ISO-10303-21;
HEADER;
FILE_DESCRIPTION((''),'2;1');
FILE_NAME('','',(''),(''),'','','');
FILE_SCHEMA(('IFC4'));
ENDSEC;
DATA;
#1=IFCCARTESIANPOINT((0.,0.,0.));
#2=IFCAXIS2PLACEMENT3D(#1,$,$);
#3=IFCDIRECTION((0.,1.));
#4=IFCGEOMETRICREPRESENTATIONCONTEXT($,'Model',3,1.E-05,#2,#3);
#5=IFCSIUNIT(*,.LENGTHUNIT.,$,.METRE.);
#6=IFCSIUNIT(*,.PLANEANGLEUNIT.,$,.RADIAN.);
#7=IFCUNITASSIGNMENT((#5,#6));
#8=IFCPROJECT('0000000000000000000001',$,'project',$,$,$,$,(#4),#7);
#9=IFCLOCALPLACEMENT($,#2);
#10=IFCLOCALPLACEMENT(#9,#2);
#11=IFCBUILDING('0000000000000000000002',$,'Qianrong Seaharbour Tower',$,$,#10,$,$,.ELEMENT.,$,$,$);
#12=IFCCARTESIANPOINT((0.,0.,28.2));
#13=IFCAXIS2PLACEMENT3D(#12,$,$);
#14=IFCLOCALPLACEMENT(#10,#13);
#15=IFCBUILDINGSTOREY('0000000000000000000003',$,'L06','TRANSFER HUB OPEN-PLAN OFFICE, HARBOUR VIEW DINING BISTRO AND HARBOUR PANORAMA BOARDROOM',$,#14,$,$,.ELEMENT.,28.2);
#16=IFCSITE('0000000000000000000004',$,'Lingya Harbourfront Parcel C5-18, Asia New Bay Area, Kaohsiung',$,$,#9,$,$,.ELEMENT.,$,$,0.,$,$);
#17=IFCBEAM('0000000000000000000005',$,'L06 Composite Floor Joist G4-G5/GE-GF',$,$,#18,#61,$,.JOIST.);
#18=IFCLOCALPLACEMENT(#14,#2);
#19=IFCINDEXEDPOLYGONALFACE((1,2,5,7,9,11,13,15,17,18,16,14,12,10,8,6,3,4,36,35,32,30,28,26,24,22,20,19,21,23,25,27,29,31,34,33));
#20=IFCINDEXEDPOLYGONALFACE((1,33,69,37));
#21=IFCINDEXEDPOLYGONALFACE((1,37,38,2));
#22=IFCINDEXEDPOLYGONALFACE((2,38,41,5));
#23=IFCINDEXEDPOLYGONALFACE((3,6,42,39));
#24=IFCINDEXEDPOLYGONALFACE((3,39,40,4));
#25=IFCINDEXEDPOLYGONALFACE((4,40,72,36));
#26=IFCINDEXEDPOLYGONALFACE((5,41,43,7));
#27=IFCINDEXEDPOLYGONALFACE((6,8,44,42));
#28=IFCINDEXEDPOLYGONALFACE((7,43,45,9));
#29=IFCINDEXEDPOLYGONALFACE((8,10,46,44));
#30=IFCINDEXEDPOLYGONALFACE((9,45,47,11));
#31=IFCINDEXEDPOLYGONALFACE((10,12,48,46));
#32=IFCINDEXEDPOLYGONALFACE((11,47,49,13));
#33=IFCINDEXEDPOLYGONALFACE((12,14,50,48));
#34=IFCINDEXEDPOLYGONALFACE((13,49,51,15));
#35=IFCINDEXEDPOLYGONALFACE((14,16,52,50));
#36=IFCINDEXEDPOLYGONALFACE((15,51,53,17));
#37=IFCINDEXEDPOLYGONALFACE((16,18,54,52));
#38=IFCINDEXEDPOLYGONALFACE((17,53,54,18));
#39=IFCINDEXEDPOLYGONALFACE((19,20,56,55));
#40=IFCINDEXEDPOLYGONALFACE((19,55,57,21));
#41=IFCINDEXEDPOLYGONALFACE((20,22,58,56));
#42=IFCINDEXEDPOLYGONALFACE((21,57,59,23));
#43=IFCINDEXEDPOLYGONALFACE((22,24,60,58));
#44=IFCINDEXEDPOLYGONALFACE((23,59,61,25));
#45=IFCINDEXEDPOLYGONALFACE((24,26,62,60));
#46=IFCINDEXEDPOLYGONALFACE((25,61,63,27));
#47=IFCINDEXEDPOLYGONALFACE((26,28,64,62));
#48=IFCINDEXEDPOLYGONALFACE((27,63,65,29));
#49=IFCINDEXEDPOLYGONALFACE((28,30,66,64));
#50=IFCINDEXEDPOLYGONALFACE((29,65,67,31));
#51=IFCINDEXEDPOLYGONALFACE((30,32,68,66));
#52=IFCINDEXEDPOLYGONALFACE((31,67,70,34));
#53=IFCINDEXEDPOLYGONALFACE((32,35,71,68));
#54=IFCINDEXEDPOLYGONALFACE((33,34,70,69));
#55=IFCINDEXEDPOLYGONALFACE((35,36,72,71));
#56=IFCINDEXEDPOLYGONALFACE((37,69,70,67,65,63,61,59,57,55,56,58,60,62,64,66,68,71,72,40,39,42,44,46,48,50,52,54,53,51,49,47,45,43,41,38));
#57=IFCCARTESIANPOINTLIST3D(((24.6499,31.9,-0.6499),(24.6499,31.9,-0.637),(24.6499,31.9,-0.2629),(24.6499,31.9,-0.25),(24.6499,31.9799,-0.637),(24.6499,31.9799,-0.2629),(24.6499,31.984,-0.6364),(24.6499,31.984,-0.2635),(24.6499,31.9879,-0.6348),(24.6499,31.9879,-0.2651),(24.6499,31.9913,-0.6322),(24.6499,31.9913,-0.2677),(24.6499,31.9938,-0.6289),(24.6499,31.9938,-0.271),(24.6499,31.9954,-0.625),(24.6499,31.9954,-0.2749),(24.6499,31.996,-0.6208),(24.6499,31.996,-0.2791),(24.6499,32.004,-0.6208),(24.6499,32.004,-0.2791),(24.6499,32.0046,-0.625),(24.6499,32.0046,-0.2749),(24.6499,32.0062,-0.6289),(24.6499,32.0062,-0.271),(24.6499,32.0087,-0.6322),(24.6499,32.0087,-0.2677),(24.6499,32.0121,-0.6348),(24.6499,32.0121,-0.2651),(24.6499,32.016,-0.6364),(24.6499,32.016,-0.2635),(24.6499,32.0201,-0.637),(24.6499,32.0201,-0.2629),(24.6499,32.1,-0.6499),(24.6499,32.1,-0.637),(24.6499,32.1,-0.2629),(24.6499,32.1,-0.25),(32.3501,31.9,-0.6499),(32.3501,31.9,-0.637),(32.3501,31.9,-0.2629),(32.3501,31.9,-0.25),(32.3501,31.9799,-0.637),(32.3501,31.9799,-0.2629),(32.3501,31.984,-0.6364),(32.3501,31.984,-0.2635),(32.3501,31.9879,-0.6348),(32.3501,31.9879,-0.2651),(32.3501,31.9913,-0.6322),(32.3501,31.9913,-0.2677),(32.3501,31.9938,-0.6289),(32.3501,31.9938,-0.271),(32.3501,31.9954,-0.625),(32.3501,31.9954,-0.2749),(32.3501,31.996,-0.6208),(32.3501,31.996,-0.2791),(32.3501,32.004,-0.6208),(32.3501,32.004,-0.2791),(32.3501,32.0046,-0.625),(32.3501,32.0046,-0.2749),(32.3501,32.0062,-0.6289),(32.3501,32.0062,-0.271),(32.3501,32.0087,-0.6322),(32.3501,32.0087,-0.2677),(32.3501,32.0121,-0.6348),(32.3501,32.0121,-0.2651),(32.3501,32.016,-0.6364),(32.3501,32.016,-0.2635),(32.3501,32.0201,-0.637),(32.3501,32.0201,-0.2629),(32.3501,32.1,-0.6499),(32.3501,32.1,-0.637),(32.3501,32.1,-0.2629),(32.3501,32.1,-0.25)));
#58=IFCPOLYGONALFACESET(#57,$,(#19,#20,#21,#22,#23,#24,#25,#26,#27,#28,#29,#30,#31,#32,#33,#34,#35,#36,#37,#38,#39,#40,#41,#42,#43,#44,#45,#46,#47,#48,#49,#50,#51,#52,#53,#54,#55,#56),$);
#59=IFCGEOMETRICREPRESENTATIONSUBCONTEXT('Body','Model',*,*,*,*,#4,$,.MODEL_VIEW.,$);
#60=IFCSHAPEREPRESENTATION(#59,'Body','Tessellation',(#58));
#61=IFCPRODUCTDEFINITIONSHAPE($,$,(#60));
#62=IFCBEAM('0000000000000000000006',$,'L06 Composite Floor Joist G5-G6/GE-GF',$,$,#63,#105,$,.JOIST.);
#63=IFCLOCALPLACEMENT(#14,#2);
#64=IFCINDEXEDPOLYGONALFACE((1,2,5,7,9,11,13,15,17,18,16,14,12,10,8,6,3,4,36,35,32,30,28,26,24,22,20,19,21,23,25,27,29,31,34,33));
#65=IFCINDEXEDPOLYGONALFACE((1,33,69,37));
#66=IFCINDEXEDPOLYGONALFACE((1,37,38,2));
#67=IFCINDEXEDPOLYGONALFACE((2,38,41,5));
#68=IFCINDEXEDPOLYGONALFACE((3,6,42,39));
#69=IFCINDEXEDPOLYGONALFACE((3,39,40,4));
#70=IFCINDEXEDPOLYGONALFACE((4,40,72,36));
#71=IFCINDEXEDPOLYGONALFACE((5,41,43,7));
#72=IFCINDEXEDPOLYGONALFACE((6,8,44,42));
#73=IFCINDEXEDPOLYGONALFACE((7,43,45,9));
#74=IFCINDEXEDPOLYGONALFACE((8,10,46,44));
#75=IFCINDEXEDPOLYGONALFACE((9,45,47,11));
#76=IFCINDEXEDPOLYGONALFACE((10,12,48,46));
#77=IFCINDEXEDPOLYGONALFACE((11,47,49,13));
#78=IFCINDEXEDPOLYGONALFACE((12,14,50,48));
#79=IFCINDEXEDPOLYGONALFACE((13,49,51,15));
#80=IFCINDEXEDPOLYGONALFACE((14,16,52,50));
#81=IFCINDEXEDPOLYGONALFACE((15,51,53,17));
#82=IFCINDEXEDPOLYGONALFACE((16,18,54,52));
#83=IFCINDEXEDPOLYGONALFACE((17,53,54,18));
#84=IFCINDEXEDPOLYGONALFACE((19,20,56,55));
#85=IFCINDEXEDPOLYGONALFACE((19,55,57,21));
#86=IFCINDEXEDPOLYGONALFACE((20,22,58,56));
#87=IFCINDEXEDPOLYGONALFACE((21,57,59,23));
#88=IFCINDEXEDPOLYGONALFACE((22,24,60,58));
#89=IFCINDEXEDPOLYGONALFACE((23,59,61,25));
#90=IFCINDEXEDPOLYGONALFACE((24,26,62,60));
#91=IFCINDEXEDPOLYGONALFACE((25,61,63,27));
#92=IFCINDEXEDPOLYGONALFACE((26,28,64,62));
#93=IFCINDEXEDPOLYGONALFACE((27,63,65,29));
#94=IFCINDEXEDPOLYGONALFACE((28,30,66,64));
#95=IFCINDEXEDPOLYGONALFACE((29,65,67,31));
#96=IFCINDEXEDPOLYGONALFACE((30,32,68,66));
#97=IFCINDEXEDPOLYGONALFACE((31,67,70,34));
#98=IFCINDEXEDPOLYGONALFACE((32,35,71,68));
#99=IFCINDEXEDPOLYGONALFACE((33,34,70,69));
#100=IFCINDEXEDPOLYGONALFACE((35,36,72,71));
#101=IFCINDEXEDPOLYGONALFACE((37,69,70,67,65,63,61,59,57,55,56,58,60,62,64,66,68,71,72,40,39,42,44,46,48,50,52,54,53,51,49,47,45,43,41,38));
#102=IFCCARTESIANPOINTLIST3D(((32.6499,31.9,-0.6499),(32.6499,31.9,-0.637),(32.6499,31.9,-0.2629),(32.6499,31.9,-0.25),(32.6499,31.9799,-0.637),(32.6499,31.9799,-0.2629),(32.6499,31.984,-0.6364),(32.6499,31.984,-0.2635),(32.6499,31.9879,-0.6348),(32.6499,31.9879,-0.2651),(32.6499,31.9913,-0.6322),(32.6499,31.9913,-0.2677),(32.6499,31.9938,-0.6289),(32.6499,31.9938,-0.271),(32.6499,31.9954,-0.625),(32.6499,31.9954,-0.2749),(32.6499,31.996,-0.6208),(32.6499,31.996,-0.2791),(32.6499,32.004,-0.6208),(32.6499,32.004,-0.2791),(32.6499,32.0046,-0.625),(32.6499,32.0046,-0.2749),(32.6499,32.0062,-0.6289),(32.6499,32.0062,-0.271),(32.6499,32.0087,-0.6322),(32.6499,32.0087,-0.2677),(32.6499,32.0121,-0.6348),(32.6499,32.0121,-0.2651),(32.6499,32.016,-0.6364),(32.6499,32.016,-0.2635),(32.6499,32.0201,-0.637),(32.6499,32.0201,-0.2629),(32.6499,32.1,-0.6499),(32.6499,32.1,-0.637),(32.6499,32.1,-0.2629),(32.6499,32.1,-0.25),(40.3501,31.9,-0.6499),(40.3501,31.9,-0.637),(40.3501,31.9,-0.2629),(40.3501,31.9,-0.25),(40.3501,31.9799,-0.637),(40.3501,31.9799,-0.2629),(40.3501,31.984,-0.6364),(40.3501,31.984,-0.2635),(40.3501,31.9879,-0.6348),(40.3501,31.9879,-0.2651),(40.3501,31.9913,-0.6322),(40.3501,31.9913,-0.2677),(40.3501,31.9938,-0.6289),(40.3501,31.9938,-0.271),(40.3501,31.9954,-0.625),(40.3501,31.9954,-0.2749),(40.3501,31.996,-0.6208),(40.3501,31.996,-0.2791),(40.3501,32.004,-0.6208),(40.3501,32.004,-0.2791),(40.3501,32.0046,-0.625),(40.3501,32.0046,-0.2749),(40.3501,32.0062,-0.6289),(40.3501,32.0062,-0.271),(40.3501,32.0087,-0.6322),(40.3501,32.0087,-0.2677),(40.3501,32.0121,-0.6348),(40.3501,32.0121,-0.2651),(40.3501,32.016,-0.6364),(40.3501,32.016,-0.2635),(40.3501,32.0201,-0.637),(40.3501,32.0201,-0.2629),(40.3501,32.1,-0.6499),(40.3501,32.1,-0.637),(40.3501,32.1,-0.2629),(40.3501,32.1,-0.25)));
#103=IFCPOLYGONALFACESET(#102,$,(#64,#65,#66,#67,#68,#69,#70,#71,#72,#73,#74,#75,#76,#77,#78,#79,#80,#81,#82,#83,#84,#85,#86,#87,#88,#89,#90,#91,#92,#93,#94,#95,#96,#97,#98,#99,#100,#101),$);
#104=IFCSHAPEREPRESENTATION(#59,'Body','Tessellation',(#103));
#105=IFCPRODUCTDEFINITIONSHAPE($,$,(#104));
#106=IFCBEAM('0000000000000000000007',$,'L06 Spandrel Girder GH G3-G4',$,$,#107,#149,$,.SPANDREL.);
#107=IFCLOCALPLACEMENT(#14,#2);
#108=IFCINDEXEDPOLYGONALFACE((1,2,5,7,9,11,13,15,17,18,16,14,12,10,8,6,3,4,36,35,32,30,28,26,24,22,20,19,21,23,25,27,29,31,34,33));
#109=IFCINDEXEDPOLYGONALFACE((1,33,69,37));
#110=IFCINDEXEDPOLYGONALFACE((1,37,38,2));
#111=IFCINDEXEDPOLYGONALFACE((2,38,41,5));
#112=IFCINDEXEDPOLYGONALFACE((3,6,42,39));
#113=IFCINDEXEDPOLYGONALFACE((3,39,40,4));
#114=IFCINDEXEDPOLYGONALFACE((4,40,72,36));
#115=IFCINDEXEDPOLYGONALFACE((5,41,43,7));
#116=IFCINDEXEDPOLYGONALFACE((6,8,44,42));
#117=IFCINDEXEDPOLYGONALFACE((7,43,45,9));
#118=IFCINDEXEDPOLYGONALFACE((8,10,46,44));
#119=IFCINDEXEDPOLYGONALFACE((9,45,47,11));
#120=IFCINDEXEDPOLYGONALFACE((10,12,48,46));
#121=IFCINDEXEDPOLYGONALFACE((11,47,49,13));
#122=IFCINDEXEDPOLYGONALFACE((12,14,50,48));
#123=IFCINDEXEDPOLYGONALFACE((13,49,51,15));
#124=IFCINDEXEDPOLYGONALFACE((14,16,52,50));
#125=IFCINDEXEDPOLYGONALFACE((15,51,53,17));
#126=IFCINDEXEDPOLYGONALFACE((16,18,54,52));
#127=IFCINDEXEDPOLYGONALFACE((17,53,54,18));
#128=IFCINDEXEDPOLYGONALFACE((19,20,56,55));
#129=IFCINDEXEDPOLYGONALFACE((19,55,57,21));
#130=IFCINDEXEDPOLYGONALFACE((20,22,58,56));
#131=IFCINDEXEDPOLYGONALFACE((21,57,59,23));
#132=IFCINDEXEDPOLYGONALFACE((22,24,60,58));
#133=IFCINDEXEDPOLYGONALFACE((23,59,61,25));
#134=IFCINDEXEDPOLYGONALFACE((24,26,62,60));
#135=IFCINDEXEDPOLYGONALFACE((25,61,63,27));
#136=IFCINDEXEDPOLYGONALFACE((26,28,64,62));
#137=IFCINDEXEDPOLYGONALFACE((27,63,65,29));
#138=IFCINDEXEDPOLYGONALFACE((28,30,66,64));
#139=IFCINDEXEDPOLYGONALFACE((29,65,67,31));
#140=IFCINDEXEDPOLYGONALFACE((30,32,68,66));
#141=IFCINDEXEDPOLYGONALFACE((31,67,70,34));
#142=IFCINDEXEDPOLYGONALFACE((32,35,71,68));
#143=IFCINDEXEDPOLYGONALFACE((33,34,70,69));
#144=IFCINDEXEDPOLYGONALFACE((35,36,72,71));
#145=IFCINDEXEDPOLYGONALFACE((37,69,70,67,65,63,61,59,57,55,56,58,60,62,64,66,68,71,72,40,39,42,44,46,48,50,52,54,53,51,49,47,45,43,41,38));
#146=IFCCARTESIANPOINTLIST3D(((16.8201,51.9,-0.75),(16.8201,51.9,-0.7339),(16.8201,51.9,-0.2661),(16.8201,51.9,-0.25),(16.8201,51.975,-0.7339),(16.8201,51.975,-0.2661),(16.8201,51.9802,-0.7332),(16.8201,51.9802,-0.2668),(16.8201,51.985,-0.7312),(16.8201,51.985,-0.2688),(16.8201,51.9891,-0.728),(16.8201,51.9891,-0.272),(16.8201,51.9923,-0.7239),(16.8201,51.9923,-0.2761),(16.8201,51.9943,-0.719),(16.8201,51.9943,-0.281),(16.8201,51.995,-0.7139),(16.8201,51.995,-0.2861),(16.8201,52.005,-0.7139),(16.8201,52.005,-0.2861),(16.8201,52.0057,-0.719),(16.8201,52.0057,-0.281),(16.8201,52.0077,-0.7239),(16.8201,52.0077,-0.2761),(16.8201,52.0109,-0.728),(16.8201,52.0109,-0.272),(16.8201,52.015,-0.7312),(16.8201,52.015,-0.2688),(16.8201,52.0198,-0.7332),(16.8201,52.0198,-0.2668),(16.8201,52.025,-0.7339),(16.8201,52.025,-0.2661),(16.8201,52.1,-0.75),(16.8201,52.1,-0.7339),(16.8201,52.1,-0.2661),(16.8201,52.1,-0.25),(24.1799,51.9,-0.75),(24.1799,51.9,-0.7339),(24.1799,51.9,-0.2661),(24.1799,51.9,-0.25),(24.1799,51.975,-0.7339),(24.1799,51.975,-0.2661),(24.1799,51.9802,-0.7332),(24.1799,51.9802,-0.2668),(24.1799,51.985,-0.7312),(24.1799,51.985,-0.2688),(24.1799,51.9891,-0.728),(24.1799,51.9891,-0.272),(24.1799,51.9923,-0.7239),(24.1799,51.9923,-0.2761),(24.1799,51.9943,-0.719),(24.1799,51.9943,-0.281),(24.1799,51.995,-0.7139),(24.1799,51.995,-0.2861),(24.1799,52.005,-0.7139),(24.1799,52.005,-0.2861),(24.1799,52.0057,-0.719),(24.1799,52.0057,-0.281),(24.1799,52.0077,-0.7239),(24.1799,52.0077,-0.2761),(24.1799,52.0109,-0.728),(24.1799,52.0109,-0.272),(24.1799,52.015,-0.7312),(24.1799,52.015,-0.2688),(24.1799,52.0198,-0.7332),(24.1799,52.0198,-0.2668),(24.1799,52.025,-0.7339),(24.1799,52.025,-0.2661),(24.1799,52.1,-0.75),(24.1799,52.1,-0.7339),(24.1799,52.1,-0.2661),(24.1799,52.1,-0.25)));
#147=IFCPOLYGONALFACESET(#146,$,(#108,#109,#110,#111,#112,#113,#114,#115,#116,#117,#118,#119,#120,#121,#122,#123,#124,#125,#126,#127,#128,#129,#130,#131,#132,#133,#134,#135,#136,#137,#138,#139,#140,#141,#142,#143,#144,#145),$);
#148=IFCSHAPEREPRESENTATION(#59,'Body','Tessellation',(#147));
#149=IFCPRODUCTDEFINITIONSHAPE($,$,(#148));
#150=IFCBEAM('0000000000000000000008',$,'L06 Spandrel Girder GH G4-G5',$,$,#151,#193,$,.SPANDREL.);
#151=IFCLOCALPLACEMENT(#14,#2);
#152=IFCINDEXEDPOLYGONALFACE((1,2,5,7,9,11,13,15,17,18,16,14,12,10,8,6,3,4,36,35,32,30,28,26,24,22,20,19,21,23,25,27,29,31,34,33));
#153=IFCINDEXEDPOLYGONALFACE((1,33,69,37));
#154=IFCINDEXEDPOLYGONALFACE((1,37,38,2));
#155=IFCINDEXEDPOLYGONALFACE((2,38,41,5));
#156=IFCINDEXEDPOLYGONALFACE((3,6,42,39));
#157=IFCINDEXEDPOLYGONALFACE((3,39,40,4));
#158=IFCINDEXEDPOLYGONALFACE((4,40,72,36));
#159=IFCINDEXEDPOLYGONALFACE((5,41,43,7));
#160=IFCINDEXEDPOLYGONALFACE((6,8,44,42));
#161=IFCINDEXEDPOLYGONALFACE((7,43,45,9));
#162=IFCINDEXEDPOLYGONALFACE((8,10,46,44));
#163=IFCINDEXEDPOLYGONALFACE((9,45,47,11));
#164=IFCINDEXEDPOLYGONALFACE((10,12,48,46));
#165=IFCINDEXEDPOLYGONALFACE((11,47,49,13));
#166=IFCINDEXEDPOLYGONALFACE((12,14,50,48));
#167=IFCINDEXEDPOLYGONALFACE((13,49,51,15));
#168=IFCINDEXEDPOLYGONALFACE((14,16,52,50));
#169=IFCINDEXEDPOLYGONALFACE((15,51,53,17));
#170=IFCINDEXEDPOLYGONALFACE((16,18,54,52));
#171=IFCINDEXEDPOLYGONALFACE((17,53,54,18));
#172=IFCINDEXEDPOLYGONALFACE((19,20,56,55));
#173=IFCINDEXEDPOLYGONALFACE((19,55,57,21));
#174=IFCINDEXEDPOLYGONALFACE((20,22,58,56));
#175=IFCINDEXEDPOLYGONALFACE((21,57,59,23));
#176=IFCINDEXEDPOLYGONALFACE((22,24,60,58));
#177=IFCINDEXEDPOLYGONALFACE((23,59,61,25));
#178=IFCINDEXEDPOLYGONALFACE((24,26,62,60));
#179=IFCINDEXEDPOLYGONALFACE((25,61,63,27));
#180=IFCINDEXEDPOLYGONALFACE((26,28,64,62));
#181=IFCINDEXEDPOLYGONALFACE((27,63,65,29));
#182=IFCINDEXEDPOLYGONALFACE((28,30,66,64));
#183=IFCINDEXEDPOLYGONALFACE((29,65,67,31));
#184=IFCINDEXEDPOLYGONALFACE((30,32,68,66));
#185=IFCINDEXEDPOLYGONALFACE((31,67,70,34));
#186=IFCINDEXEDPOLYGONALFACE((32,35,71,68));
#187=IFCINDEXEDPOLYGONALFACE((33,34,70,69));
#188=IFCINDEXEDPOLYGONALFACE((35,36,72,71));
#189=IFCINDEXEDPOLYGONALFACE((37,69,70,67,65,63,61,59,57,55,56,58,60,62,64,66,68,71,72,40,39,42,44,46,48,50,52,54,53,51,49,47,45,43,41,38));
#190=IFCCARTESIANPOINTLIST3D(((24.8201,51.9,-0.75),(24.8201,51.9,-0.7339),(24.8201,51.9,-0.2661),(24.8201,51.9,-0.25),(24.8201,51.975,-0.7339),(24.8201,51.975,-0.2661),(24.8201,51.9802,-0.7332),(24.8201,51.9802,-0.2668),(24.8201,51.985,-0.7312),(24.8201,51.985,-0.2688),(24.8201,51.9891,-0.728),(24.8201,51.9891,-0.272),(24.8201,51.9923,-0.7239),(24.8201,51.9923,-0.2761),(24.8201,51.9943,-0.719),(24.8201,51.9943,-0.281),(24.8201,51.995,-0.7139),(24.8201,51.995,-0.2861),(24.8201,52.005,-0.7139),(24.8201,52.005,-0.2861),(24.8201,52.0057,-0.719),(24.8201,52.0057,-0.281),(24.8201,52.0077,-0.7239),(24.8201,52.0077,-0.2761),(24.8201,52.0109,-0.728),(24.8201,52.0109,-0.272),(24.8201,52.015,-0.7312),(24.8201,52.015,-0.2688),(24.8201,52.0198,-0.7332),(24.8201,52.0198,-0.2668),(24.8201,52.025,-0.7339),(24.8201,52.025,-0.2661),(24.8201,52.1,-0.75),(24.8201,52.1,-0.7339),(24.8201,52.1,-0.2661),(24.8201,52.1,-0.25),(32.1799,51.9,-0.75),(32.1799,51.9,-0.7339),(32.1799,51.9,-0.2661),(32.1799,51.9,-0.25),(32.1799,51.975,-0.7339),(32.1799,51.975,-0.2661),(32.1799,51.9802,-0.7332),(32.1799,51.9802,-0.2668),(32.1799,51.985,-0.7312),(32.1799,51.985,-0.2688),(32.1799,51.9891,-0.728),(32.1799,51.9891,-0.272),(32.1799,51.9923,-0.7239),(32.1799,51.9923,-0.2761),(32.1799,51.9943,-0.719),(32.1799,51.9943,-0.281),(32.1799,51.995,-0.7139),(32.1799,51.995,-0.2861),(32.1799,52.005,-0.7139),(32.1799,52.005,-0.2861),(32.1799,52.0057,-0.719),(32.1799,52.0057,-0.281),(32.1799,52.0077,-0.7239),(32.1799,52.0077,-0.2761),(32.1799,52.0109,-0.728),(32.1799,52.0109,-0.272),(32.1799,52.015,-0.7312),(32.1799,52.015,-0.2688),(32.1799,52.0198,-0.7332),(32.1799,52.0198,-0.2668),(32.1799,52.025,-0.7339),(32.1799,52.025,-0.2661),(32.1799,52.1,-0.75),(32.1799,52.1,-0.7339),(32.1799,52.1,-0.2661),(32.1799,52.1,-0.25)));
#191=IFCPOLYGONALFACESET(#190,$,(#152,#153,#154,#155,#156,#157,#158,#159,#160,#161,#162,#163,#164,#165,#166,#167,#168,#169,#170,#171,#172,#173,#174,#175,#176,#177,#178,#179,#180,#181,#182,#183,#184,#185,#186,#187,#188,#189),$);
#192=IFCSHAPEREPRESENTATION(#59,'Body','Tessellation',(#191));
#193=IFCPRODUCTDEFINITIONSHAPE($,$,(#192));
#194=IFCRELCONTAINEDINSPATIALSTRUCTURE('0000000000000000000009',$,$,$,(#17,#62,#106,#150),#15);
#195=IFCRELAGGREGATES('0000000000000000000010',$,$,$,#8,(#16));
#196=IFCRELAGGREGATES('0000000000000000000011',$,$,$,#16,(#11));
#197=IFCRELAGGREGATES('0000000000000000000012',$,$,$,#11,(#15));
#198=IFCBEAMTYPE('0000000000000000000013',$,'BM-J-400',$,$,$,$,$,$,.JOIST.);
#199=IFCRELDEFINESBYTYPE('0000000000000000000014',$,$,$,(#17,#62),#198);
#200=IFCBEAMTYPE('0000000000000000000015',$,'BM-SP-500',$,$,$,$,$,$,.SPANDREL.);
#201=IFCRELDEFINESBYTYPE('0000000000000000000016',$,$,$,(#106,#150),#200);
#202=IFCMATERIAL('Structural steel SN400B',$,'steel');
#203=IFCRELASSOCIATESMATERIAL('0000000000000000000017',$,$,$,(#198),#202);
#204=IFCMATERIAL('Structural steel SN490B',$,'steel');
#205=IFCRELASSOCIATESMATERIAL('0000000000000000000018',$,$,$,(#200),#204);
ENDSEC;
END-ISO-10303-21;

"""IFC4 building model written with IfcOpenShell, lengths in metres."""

from ifc_helpers import new_model, si_unit, direction, frame, origin, origin_2d, place, context, subcontext, project, spatial, i_section, extrude, material, material_profile, profile_set, type_object, element, save


model = new_model("IFC4")

# Units and contexts
model_context = context("Model", 3, precision=1e-05, world=origin(), true_north=direction((0.0, 1.0)))
body_context = subcontext(model_context, "Body", "Model", "MODEL_VIEW")
ifc_project = project(units=[si_unit("LENGTHUNIT", "METRE"), si_unit("PLANEANGLEUNIT", "RADIAN")], contexts=[model_context])

# Site, building, storey
site_placement = place(None, origin())
site = spatial("IfcSite", under=ifc_project, at=site_placement, Name="Lingya Harbourfront Parcel C5-18, Asia New Bay Area, Kaohsiung", CompositionType="ELEMENT", RefElevation=0.0)
building_placement = place(site_placement, origin())
building = spatial("IfcBuilding", under=site, at=building_placement, Name="Qianrong Seaharbour Tower", CompositionType="ELEMENT")
storey_placement = place(building_placement, frame((0.0, 0.0, 28.2)))
storey = spatial("IfcBuildingStorey", under=building, at=storey_placement, Name="L06", Description="TRANSFER HUB OPEN-PLAN OFFICE, HARBOUR VIEW DINING BISTRO AND HARBOUR PANORAMA BOARDROOM", CompositionType="ELEMENT", Elevation=28.2)

# Shared definitions
ifc_material_1 = material(Name="Structural steel SN490B", Category="steel")

# Beams
ifc_material_2 = material(Name="Structural steel SN400B", Category="steel")
ifc_material_profile_1 = material_profile(ifc_material_2, i_section(OverallWidth=0.2, OverallDepth=0.3999, WebThickness=0.0081, FlangeThickness=0.0129, FilletRadius=0.0161, at=origin_2d()), Name="H400x200x8x13")
ifc_profile_set_1 = profile_set([ifc_material_profile_1], Name="Structural steel SN400B")
beam_type_1 = type_object("IfcBeamType", Name="BM-J-400", PredefinedType="JOIST", material=ifc_profile_set_1)
for number, where, z_axis, x_axis, name in (
    (1, (24.6499, 32.0, -0.45), (1.0, 0.0, 0.0), (0.0, 1.0, 0.0), "L06 Composite Floor Joist G4-G5/GE-GF"),
    (2, (32.6499, 32.0, -0.45), (1.0, 0.0, 0.0), (0.0, 1.0, 0.0), "L06 Composite Floor Joist G5-G6/GE-GF"),
):
    element("IfcBeam", number, at=place(storey_placement, frame(where, z_axis=z_axis, x_axis=x_axis)), inside=storey, type_object=beam_type_1, Name=name, PredefinedType="JOIST", context=body_context, shape_type="SweptSolid", body=[
        extrude(i_section(OverallWidth=0.2, OverallDepth=0.3999, WebThickness=0.0081, FlangeThickness=0.0129, FilletRadius=0.0161, at=origin_2d()), origin(), (0.0, 0.0, 1.0), 7.7002),
    ])
ifc_material_profile_2 = material_profile(ifc_material_1, i_section(OverallWidth=0.2, OverallDepth=0.5, WebThickness=0.01, FlangeThickness=0.0161, FilletRadius=0.02, at=origin_2d()), Name="H500x200x10x16")
ifc_profile_set_2 = profile_set([ifc_material_profile_2], Name="Structural steel SN490B")
beam_type_2 = type_object("IfcBeamType", Name="BM-SP-500", PredefinedType="SPANDREL", material=ifc_profile_set_2)
for number, where, z_axis, x_axis, name in (
    (3, (16.8201, 52.0, -0.5), (1.0, 0.0, 0.0), (0.0, 1.0, 0.0), "L06 Spandrel Girder GH G3-G4"),
    (4, (24.8201, 52.0, -0.5), (1.0, 0.0, 0.0), (0.0, 1.0, 0.0), "L06 Spandrel Girder GH G4-G5"),
):
    element("IfcBeam", number, at=place(storey_placement, frame(where, z_axis=z_axis, x_axis=x_axis)), inside=storey, type_object=beam_type_2, Name=name, PredefinedType="SPANDREL", context=body_context, shape_type="SweptSolid", body=[
        extrude(i_section(OverallWidth=0.2, OverallDepth=0.5, WebThickness=0.01, FlangeThickness=0.0161, FilletRadius=0.02, at=origin_2d()), origin(), (0.0, 0.0, 1.0), 7.3599),
    ])

save(model, "model.ifc")
